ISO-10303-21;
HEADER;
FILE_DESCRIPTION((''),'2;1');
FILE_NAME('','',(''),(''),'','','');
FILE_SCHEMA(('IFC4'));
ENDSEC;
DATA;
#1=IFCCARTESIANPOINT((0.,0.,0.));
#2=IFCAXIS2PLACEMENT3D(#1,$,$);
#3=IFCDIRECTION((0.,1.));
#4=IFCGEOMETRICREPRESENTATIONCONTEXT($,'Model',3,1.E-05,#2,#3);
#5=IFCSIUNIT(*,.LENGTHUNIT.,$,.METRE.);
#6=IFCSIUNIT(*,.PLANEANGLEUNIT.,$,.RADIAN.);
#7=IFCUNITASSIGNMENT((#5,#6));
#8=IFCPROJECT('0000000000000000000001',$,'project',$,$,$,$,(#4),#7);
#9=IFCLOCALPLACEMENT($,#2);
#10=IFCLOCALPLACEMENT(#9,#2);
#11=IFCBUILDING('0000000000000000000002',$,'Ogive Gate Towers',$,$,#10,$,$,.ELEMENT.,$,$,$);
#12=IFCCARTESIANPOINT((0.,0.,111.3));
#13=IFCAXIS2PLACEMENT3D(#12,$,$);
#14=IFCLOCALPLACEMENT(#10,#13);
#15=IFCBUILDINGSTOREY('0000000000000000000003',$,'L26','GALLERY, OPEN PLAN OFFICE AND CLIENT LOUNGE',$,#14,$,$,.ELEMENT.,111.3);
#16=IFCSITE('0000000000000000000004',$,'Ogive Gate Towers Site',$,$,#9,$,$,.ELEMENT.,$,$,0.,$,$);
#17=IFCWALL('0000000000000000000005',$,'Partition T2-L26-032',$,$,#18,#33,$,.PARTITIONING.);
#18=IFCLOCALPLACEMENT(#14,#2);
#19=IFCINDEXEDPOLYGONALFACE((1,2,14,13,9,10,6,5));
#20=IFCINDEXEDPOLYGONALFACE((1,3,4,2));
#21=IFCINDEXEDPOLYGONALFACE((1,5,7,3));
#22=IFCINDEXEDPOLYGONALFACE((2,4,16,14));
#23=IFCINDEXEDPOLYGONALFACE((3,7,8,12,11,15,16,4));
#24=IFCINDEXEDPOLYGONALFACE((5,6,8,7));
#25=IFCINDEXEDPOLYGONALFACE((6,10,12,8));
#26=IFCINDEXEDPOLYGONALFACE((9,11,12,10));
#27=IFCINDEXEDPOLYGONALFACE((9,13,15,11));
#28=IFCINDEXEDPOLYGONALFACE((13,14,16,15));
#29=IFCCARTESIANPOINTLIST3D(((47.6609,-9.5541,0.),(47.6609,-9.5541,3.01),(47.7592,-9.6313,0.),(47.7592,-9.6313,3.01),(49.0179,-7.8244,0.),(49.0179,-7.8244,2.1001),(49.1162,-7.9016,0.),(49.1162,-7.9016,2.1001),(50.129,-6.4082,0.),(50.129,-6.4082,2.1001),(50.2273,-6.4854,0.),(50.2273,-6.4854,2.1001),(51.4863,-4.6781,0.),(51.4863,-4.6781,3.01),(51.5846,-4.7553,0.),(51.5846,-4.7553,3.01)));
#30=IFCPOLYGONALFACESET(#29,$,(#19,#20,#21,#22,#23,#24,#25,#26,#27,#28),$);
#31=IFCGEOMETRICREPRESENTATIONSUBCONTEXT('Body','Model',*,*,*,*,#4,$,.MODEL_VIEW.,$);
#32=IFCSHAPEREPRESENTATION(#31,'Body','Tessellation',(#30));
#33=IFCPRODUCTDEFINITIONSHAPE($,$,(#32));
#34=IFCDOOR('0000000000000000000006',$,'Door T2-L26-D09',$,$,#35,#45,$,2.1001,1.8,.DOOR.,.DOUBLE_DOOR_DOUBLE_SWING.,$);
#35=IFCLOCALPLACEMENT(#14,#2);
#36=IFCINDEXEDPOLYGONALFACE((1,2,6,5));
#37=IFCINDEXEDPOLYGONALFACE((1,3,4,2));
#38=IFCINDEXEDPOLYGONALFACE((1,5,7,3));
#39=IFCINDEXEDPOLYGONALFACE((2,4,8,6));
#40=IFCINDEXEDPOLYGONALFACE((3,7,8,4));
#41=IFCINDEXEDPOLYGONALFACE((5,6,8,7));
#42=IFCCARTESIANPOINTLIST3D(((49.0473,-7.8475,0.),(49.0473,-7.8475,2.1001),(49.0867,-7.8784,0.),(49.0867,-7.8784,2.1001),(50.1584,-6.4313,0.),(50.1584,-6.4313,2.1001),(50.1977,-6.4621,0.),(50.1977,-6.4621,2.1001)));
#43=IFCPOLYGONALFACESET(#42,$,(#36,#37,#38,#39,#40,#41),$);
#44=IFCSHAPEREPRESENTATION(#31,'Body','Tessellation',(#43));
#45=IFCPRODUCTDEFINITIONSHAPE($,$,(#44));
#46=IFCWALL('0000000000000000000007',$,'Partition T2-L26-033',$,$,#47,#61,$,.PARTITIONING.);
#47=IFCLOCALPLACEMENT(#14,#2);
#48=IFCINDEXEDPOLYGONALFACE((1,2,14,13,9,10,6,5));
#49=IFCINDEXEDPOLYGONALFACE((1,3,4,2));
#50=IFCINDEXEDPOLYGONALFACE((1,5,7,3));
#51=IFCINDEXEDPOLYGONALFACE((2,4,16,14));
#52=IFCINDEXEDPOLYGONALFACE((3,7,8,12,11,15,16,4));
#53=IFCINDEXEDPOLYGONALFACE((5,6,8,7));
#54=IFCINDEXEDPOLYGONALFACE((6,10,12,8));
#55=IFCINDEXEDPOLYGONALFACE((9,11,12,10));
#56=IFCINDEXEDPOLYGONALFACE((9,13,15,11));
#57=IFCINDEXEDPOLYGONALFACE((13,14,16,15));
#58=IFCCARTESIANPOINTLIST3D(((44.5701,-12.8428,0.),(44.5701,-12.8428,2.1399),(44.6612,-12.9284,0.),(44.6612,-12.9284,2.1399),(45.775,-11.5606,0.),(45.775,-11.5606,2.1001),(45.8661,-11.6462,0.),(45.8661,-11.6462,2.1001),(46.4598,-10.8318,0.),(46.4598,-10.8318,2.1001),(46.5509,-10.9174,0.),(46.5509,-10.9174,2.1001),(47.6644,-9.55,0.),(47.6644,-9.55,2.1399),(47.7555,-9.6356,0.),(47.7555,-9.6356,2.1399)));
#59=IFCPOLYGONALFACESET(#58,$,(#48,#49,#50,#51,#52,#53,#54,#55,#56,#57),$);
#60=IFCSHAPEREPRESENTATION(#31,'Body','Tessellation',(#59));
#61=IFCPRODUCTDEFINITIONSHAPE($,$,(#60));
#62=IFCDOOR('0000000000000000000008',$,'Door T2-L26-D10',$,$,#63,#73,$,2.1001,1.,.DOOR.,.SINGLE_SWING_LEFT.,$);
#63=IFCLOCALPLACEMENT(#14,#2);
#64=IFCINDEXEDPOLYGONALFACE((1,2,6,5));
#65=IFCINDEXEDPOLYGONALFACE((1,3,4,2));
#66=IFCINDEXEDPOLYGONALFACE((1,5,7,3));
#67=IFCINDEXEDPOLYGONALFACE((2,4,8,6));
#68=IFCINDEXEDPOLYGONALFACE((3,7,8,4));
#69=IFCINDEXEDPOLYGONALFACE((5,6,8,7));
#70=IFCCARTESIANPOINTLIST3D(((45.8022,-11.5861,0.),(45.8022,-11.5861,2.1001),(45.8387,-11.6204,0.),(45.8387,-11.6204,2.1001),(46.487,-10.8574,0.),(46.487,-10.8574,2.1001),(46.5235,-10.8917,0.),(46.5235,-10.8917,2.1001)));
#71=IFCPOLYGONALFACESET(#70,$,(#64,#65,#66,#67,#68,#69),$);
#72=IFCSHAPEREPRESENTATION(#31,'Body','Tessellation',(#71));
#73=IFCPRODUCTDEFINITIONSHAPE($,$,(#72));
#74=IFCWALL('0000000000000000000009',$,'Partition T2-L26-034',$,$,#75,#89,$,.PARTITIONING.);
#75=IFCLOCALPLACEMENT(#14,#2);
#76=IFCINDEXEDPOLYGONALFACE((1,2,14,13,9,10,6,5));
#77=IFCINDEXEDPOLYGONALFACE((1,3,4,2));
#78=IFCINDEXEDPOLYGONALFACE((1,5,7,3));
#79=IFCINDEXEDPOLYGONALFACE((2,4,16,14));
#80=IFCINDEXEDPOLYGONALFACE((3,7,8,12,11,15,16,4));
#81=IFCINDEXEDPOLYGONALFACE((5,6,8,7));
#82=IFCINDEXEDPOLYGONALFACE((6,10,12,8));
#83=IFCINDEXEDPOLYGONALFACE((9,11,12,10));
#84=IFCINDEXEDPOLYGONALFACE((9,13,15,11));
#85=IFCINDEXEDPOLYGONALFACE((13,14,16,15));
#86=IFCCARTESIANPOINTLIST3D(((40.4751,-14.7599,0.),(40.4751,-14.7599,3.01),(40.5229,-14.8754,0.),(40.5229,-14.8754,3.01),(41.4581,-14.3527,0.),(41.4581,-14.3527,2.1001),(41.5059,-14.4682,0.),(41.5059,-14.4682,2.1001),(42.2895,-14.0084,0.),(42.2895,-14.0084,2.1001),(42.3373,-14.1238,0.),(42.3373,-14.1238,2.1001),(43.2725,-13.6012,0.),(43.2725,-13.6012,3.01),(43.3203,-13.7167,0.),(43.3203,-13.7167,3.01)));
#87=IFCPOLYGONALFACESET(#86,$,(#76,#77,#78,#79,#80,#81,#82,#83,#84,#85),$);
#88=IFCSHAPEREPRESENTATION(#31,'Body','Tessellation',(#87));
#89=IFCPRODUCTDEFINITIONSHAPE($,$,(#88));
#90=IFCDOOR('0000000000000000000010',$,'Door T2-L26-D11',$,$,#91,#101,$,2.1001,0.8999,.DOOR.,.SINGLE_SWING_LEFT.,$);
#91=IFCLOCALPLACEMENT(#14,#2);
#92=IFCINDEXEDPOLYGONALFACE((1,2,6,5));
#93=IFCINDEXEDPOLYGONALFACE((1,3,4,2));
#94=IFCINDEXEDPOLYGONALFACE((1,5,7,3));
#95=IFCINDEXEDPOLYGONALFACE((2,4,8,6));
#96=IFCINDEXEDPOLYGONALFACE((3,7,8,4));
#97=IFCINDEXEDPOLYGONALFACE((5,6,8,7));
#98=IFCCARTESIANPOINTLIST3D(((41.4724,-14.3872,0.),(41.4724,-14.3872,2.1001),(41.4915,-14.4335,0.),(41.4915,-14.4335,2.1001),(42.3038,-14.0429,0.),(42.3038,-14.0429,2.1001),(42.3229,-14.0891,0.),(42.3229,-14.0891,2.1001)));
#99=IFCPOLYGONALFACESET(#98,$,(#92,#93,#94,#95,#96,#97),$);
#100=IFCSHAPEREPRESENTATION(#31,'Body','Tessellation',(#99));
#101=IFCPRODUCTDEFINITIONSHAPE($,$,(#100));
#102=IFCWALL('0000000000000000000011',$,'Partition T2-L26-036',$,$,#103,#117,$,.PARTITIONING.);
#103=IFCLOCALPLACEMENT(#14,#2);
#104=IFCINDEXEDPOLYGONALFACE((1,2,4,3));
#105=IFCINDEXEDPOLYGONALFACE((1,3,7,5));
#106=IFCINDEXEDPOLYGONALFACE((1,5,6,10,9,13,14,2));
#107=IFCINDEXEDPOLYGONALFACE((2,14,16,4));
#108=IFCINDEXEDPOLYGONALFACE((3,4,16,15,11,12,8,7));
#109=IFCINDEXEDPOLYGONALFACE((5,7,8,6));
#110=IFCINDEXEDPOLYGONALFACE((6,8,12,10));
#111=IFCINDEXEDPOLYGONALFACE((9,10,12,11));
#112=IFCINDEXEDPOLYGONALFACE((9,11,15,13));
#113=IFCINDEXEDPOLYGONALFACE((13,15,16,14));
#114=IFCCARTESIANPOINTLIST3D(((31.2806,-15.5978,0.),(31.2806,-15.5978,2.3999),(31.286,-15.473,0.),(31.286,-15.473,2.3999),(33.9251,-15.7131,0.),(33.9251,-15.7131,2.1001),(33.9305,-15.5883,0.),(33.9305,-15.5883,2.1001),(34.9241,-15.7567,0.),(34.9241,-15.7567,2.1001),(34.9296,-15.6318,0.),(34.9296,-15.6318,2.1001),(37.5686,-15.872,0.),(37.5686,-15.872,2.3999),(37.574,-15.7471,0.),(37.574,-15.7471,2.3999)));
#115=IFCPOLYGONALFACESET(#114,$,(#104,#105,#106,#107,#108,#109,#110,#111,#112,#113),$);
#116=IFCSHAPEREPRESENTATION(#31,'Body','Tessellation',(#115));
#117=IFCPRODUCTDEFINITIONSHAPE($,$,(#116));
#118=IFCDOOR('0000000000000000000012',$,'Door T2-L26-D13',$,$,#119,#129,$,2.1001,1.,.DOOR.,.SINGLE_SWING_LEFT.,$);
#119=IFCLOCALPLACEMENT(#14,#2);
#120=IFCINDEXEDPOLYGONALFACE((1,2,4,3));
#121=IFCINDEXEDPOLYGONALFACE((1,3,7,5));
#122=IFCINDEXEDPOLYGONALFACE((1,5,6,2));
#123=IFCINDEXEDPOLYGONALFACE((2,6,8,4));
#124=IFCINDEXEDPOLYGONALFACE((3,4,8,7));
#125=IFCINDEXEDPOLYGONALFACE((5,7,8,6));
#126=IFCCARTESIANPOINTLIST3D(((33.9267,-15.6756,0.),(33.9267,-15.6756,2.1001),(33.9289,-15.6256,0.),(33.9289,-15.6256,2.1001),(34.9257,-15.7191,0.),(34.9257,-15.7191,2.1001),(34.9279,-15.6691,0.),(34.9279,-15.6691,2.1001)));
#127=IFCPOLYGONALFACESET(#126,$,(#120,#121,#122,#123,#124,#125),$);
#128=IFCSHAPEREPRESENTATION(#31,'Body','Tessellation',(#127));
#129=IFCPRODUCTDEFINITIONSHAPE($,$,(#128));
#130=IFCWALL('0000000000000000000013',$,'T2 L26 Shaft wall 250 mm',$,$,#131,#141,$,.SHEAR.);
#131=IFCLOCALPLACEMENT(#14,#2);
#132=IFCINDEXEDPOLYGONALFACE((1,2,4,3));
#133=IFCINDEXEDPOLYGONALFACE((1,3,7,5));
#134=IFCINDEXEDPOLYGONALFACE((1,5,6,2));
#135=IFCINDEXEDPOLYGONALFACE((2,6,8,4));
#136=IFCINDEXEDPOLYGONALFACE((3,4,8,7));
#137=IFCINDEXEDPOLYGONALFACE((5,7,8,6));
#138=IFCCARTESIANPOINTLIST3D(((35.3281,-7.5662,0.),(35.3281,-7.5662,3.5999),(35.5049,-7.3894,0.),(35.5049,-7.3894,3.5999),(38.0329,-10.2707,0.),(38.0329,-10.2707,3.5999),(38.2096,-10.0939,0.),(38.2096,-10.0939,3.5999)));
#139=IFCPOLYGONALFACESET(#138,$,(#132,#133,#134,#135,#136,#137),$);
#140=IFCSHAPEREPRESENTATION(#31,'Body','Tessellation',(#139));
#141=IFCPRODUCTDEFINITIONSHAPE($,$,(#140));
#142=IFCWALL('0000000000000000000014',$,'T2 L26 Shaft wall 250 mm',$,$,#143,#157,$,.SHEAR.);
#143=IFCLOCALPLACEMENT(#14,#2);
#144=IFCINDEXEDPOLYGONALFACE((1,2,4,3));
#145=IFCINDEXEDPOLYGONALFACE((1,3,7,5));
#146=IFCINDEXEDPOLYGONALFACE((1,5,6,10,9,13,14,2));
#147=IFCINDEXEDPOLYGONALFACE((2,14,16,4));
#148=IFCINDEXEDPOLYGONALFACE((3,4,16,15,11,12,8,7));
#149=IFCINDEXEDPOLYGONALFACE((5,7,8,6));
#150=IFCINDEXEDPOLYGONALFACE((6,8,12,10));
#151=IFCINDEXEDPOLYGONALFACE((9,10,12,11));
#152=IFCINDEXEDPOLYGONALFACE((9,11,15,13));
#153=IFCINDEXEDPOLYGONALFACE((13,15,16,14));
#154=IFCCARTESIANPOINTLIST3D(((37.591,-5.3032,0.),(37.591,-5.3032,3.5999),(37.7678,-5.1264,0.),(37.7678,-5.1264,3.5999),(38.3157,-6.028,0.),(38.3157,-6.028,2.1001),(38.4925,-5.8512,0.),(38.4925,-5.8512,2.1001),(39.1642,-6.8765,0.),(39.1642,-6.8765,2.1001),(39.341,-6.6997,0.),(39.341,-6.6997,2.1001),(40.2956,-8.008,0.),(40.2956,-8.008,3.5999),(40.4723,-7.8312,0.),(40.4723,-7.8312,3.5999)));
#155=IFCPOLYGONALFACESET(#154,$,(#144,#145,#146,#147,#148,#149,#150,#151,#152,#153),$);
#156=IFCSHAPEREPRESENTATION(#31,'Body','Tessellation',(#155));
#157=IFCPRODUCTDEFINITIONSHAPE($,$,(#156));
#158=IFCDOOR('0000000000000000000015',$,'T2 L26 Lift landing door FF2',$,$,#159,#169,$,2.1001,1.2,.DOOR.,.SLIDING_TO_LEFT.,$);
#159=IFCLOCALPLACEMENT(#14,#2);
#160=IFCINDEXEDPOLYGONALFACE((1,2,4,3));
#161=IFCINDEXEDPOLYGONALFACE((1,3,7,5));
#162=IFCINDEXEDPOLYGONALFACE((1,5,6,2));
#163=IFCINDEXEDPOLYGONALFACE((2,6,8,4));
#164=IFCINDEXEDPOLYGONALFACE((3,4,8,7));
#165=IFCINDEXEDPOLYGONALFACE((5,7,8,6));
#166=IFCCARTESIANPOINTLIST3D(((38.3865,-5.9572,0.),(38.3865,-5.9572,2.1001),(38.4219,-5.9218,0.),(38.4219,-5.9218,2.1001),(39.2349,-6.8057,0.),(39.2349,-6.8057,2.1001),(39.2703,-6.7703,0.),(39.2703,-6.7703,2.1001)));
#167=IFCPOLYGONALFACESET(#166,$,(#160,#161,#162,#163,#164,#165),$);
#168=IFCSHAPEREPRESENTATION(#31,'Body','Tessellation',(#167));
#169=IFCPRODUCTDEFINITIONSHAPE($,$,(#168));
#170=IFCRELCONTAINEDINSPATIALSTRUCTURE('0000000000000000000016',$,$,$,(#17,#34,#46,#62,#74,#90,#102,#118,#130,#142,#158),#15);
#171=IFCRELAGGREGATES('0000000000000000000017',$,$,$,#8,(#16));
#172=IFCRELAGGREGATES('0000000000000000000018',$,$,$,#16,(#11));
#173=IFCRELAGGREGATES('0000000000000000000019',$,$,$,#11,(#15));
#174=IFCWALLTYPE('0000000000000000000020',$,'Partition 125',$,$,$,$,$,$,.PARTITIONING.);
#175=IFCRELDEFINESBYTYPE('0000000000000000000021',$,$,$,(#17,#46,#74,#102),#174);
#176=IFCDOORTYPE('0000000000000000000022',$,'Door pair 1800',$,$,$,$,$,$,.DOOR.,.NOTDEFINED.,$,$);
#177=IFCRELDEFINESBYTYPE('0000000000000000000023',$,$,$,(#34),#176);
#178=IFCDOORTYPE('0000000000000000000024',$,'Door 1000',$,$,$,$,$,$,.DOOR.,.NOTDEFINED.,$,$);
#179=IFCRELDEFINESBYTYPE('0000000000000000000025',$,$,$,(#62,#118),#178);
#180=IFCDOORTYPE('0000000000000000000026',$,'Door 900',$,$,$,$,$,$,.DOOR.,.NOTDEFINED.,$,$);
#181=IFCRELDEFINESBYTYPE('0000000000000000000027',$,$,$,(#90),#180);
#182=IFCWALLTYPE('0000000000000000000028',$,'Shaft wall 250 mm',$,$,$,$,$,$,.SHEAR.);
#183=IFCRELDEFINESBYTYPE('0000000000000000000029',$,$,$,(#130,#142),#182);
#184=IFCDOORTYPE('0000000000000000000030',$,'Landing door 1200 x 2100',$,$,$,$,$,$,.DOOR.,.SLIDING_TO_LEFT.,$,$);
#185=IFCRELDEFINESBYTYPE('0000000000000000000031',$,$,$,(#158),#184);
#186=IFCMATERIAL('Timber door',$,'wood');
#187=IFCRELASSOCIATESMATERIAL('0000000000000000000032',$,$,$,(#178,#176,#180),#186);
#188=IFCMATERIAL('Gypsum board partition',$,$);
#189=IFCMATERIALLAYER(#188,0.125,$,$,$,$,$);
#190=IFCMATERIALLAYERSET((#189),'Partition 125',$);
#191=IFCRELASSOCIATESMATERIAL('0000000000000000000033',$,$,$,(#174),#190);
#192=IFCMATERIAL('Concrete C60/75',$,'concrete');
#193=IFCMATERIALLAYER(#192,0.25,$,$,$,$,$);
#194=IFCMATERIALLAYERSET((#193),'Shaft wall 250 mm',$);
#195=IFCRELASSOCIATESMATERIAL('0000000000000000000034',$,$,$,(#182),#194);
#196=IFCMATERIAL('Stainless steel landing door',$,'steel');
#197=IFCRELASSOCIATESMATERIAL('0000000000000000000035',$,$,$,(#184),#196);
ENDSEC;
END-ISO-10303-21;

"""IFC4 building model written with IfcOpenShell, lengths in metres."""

from ifc_helpers import new_model, si_unit, direction, frame, frame_2d, origin, place, context, subcontext, project, spatial, rectangle, extrude, material, layer, layer_set, type_object, element, fill, save


model = new_model("IFC4")

# Units and contexts
model_context = context("Model", 3, precision=1e-05, world=origin(), true_north=direction((0.0, 1.0)))
body_context = subcontext(model_context, "Body", "Model", "MODEL_VIEW")
ifc_project = project(units=[si_unit("LENGTHUNIT", "METRE"), si_unit("PLANEANGLEUNIT", "RADIAN")], contexts=[model_context])

# Site, building, storey
site_placement = place(None, origin())
site = spatial("IfcSite", under=ifc_project, at=site_placement, Name="Ogive Gate Towers Site", CompositionType="ELEMENT", RefElevation=0.0)
building_placement = place(site_placement, origin())
building = spatial("IfcBuilding", under=site, at=building_placement, Name="Ogive Gate Towers", CompositionType="ELEMENT")
storey_placement = place(building_placement, frame((0.0, 0.0, 111.3)))
storey = spatial("IfcBuildingStorey", under=building, at=storey_placement, Name="L26", Description="GALLERY, OPEN PLAN OFFICE AND CLIENT LOUNGE", CompositionType="ELEMENT", Elevation=111.3)

# Shared definitions
ifc_material_1 = material(Name="Timber door", Category="wood")
door_type_1 = type_object("IfcDoorType", Name="Door 1000", OperationType="NOTDEFINED", PredefinedType="DOOR", material=ifc_material_1)

# Shared definitions
ifc_material_2 = material(Name="Gypsum board partition")
ifc_layer_1 = layer(ifc_material_2, 0.125)
ifc_layer_set_1 = layer_set([ifc_layer_1], Name="Partition 125")
wall_type_1 = type_object("IfcWallType", Name="Partition 125", PredefinedType="PARTITIONING", material=ifc_layer_set_1)

# Walls, openings, doors
wall_1_placement = place(storey_placement, frame((51.5354, -4.7168, 0.0), z_axis=(0.0, 0.0, 1.0), x_axis=(-0.617254, -0.786764, 0.0)))
wall_1 = element("IfcWall", 1, at=wall_1_placement, inside=storey, type_object=wall_type_1, Name="Partition T2-L26-032", PredefinedType="PARTITIONING", context=body_context, shape_type="SweptSolid", body=[
    extrude(rectangle(XDim=6.1975, YDim=0.125, at=frame_2d((3.0986, 0.0))), origin(), (0.0, 0.0, 1.0), 3.01),
])
opening_1_placement = place(wall_1_placement, frame((2.199, 0.0, 0.0)))
opening_1 = element("IfcOpeningElement", 2, at=opening_1_placement, cuts=wall_1, PredefinedType="OPENING", context=body_context, shape_type="SweptSolid", body=[
    extrude(rectangle(XDim=1.8, YDim=2.1001, at=frame_2d((0.8999, 1.05))), frame((0.0, 0.0725, 0.0), z_axis=(0.0, -1.0, 0.0), x_axis=(1.0, 0.0, 0.0)), (0.0, 0.0, 1.0), 0.145),
])
door_type_2 = type_object("IfcDoorType", Name="Door pair 1800", OperationType="NOTDEFINED", PredefinedType="DOOR", material=ifc_material_1)
door_1_placement = place(opening_1_placement, origin())
door_1 = element("IfcDoor", 3, at=door_1_placement, inside=storey, type_object=door_type_2, Name="Door T2-L26-D09", OperationType="DOUBLE_DOOR_DOUBLE_SWING", OverallHeight=2.1001, OverallWidth=1.8, PredefinedType="DOOR", context=body_context, shape_type="SweptSolid", body=[
    extrude(rectangle(XDim=1.8, YDim=2.1001, at=frame_2d((0.8999, 1.05))), frame((0.0, 0.0249, 0.0), z_axis=(0.0, -1.0, 0.0), x_axis=(1.0, 0.0, 0.0)), (0.0, 0.0, 1.0), 0.05),
])
fill(opening_1, door_1)
wall_2_placement = place(storey_placement, frame((47.71, -9.5928, 0.0), z_axis=(0.0, 0.0, 1.0), x_axis=(-0.684802, -0.72873, 0.0)))
wall_2 = element("IfcWall", 4, at=wall_2_placement, inside=storey, type_object=wall_type_1, Name="Partition T2-L26-033", PredefinedType="PARTITIONING", context=body_context, shape_type="SweptSolid", body=[
    extrude(rectangle(XDim=4.5186, YDim=0.125, at=frame_2d((2.2593, 0.0))), origin(), (0.0, 0.0, 1.0), 2.1399),
])
opening_2_placement = place(wall_2_placement, frame((1.759, 0.0, 0.0)))
opening_2 = element("IfcOpeningElement", 5, at=opening_2_placement, cuts=wall_2, PredefinedType="OPENING", context=body_context, shape_type="SweptSolid", body=[
    extrude(rectangle(XDim=1.0, YDim=2.1001, at=frame_2d((0.5, 1.05))), frame((0.0, 0.0725, 0.0), z_axis=(0.0, -1.0, 0.0), x_axis=(1.0, 0.0, 0.0)), (0.0, 0.0, 1.0), 0.145),
])
door_2_placement = place(opening_2_placement, origin())
door_2 = element("IfcDoor", 6, at=door_2_placement, inside=storey, type_object=door_type_1, Name="Door T2-L26-D10", OperationType="SINGLE_SWING_LEFT", OverallHeight=2.1001, OverallWidth=1.0, PredefinedType="DOOR", context=body_context, shape_type="SweptSolid", body=[
    extrude(rectangle(XDim=1.0, YDim=2.1001, at=frame_2d((0.5, 1.05))), frame((0.0, 0.0249, 0.0), z_axis=(0.0, -1.0, 0.0), x_axis=(1.0, 0.0, 0.0)), (0.0, 0.0, 1.0), 0.05),
])
fill(opening_2, door_2)
wall_3_placement = place(storey_placement, frame((43.2964, -13.6589, 0.0), z_axis=(0.0, 0.0, 1.0), x_axis=(-0.923881, -0.382679, 0.0)))
wall_3 = element("IfcWall", 7, at=wall_3_placement, inside=storey, type_object=wall_type_1, Name="Partition T2-L26-034", PredefinedType="PARTITIONING", context=body_context, shape_type="SweptSolid", body=[
    extrude(rectangle(XDim=3.0278, YDim=0.125, at=frame_2d((1.5139, 0.0))), origin(), (0.0, 0.0, 1.0), 3.01),
])
opening_3_placement = place(wall_3_placement, frame((1.064, 0.0, 0.0)))
opening_3 = element("IfcOpeningElement", 8, at=opening_3_placement, cuts=wall_3, PredefinedType="OPENING", context=body_context, shape_type="SweptSolid", body=[
    extrude(rectangle(XDim=0.8999, YDim=2.1001, at=frame_2d((0.45, 1.05))), frame((0.0, 0.0725, 0.0), z_axis=(0.0, -1.0, 0.0), x_axis=(1.0, 0.0, 0.0)), (0.0, 0.0, 1.0), 0.145),
])
door_type_3 = type_object("IfcDoorType", Name="Door 900", OperationType="NOTDEFINED", PredefinedType="DOOR", material=ifc_material_1)
door_3_placement = place(opening_3_placement, origin())
door_3 = element("IfcDoor", 9, at=door_3_placement, inside=storey, type_object=door_type_3, Name="Door T2-L26-D11", OperationType="SINGLE_SWING_LEFT", OverallHeight=2.1001, OverallWidth=0.8999, PredefinedType="DOOR", context=body_context, shape_type="SweptSolid", body=[
    extrude(rectangle(XDim=0.8999, YDim=2.1001, at=frame_2d((0.45, 1.05))), frame((0.0, 0.0249, 0.0), z_axis=(0.0, -1.0, 0.0), x_axis=(1.0, 0.0, 0.0)), (0.0, 0.0, 1.0), 0.05),
])
fill(opening_3, door_3)
wall_4_placement = place(storey_placement, frame((37.5713, -15.8096, 0.0), z_axis=(0.0, 0.0, 1.0), x_axis=(-0.999051, 0.04356, 0.0)))
wall_4 = element("IfcWall", 10, at=wall_4_placement, inside=storey, type_object=wall_type_1, Name="Partition T2-L26-036", PredefinedType="PARTITIONING", context=body_context, shape_type="SweptSolid", body=[
    extrude(rectangle(XDim=6.2939, YDim=0.125, at=frame_2d((3.147, 0.0))), origin(), (0.0, 0.0, 1.0), 2.3999),
])
opening_4_placement = place(wall_4_placement, frame((2.647, 0.0, 0.0)))
opening_4 = element("IfcOpeningElement", 11, at=opening_4_placement, cuts=wall_4, PredefinedType="OPENING", context=body_context, shape_type="SweptSolid", body=[
    extrude(rectangle(XDim=1.0, YDim=2.1001, at=frame_2d((0.5, 1.05))), frame((0.0, 0.0725, 0.0), z_axis=(0.0, -1.0, 0.0), x_axis=(1.0, 0.0, 0.0)), (0.0, 0.0, 1.0), 0.145),
])
door_4_placement = place(opening_4_placement, origin())
door_4 = element("IfcDoor", 12, at=door_4_placement, inside=storey, type_object=door_type_1, Name="Door T2-L26-D13", OperationType="SINGLE_SWING_LEFT", OverallHeight=2.1001, OverallWidth=1.0, PredefinedType="DOOR", context=body_context, shape_type="SweptSolid", body=[
    extrude(rectangle(XDim=1.0, YDim=2.1001, at=frame_2d((0.5, 1.05))), frame((0.0, 0.0249, 0.0), z_axis=(0.0, -1.0, 0.0), x_axis=(1.0, 0.0, 0.0)), (0.0, 0.0, 1.0), 0.05),
])
fill(opening_4, door_4)

# Wall
ifc_material_3 = material(Name="Concrete C60/75", Category="concrete")
ifc_layer_2 = layer(ifc_material_3, 0.25)
ifc_layer_set_2 = layer_set([ifc_layer_2], Name="Shaft wall 250 mm")
wall_type_2 = type_object("IfcWallType", Name="Shaft wall 250 mm", PredefinedType="SHEAR", material=ifc_layer_set_2)
wall_5_placement = place(storey_placement, frame((38.1213, -10.1824, 0.0), z_axis=(0.0, 0.0, 1.0), x_axis=(-0.707139, 0.707075, 0.0)))
element("IfcWall", 13, at=wall_5_placement, inside=storey, type_object=wall_type_2, Name="T2 L26 Shaft wall 250 mm", PredefinedType="SHEAR", context=body_context, shape_type="SweptSolid", body=[
    extrude(rectangle(XDim=3.825, YDim=0.25, at=frame_2d((1.9126, 0.0))), origin(), (0.0, 0.0, 1.0), 3.5999),
])

# Wall, opening, door
wall_6_placement = place(storey_placement, frame((40.384, -7.9197, 0.0), z_axis=(0.0, 0.0, 1.0), x_axis=(-0.707075, 0.707139, 0.0)))
wall_6 = element("IfcWall", 14, at=wall_6_placement, inside=storey, type_object=wall_type_2, Name="T2 L26 Shaft wall 250 mm", PredefinedType="SHEAR", context=body_context, shape_type="SweptSolid", body=[
    extrude(rectangle(XDim=3.825, YDim=0.25, at=frame_2d((1.9126, 0.0))), origin(), (0.0, 0.0, 1.0), 3.5999),
])
opening_5_placement = place(wall_6_placement, frame((1.6001, 0.0, 0.0)))
opening_5 = element("IfcOpeningElement", 15, at=opening_5_placement, cuts=wall_6, PredefinedType="OPENING", context=body_context, shape_type="SweptSolid", body=[
    extrude(rectangle(XDim=1.2, YDim=2.1001, at=frame_2d((0.6001, 1.05))), frame((0.0, 0.135, 0.0), z_axis=(0.0, -1.0, 0.0), x_axis=(1.0, 0.0, 0.0)), (0.0, 0.0, 1.0), 0.27),
])
ifc_material_4 = material(Name="Stainless steel landing door", Category="steel")
door_type_4 = type_object("IfcDoorType", Name="Landing door 1200 x 2100", OperationType="SLIDING_TO_LEFT", PredefinedType="DOOR", material=ifc_material_4)
door_5_placement = place(opening_5_placement, origin())
door_5 = element("IfcDoor", 16, at=door_5_placement, inside=storey, type_object=door_type_4, Name="T2 L26 Lift landing door FF2", OperationType="SLIDING_TO_LEFT", OverallHeight=2.1001, OverallWidth=1.2, PredefinedType="DOOR", context=body_context, shape_type="SweptSolid", body=[
    extrude(rectangle(XDim=1.2, YDim=2.1001, at=frame_2d((0.6001, 1.05))), frame((0.0, 0.0249, 0.0), z_axis=(0.0, -1.0, 0.0), x_axis=(1.0, 0.0, 0.0)), (0.0, 0.0, 1.0), 0.05),
])
fill(opening_5, door_5)

save(model, "model.ifc")
